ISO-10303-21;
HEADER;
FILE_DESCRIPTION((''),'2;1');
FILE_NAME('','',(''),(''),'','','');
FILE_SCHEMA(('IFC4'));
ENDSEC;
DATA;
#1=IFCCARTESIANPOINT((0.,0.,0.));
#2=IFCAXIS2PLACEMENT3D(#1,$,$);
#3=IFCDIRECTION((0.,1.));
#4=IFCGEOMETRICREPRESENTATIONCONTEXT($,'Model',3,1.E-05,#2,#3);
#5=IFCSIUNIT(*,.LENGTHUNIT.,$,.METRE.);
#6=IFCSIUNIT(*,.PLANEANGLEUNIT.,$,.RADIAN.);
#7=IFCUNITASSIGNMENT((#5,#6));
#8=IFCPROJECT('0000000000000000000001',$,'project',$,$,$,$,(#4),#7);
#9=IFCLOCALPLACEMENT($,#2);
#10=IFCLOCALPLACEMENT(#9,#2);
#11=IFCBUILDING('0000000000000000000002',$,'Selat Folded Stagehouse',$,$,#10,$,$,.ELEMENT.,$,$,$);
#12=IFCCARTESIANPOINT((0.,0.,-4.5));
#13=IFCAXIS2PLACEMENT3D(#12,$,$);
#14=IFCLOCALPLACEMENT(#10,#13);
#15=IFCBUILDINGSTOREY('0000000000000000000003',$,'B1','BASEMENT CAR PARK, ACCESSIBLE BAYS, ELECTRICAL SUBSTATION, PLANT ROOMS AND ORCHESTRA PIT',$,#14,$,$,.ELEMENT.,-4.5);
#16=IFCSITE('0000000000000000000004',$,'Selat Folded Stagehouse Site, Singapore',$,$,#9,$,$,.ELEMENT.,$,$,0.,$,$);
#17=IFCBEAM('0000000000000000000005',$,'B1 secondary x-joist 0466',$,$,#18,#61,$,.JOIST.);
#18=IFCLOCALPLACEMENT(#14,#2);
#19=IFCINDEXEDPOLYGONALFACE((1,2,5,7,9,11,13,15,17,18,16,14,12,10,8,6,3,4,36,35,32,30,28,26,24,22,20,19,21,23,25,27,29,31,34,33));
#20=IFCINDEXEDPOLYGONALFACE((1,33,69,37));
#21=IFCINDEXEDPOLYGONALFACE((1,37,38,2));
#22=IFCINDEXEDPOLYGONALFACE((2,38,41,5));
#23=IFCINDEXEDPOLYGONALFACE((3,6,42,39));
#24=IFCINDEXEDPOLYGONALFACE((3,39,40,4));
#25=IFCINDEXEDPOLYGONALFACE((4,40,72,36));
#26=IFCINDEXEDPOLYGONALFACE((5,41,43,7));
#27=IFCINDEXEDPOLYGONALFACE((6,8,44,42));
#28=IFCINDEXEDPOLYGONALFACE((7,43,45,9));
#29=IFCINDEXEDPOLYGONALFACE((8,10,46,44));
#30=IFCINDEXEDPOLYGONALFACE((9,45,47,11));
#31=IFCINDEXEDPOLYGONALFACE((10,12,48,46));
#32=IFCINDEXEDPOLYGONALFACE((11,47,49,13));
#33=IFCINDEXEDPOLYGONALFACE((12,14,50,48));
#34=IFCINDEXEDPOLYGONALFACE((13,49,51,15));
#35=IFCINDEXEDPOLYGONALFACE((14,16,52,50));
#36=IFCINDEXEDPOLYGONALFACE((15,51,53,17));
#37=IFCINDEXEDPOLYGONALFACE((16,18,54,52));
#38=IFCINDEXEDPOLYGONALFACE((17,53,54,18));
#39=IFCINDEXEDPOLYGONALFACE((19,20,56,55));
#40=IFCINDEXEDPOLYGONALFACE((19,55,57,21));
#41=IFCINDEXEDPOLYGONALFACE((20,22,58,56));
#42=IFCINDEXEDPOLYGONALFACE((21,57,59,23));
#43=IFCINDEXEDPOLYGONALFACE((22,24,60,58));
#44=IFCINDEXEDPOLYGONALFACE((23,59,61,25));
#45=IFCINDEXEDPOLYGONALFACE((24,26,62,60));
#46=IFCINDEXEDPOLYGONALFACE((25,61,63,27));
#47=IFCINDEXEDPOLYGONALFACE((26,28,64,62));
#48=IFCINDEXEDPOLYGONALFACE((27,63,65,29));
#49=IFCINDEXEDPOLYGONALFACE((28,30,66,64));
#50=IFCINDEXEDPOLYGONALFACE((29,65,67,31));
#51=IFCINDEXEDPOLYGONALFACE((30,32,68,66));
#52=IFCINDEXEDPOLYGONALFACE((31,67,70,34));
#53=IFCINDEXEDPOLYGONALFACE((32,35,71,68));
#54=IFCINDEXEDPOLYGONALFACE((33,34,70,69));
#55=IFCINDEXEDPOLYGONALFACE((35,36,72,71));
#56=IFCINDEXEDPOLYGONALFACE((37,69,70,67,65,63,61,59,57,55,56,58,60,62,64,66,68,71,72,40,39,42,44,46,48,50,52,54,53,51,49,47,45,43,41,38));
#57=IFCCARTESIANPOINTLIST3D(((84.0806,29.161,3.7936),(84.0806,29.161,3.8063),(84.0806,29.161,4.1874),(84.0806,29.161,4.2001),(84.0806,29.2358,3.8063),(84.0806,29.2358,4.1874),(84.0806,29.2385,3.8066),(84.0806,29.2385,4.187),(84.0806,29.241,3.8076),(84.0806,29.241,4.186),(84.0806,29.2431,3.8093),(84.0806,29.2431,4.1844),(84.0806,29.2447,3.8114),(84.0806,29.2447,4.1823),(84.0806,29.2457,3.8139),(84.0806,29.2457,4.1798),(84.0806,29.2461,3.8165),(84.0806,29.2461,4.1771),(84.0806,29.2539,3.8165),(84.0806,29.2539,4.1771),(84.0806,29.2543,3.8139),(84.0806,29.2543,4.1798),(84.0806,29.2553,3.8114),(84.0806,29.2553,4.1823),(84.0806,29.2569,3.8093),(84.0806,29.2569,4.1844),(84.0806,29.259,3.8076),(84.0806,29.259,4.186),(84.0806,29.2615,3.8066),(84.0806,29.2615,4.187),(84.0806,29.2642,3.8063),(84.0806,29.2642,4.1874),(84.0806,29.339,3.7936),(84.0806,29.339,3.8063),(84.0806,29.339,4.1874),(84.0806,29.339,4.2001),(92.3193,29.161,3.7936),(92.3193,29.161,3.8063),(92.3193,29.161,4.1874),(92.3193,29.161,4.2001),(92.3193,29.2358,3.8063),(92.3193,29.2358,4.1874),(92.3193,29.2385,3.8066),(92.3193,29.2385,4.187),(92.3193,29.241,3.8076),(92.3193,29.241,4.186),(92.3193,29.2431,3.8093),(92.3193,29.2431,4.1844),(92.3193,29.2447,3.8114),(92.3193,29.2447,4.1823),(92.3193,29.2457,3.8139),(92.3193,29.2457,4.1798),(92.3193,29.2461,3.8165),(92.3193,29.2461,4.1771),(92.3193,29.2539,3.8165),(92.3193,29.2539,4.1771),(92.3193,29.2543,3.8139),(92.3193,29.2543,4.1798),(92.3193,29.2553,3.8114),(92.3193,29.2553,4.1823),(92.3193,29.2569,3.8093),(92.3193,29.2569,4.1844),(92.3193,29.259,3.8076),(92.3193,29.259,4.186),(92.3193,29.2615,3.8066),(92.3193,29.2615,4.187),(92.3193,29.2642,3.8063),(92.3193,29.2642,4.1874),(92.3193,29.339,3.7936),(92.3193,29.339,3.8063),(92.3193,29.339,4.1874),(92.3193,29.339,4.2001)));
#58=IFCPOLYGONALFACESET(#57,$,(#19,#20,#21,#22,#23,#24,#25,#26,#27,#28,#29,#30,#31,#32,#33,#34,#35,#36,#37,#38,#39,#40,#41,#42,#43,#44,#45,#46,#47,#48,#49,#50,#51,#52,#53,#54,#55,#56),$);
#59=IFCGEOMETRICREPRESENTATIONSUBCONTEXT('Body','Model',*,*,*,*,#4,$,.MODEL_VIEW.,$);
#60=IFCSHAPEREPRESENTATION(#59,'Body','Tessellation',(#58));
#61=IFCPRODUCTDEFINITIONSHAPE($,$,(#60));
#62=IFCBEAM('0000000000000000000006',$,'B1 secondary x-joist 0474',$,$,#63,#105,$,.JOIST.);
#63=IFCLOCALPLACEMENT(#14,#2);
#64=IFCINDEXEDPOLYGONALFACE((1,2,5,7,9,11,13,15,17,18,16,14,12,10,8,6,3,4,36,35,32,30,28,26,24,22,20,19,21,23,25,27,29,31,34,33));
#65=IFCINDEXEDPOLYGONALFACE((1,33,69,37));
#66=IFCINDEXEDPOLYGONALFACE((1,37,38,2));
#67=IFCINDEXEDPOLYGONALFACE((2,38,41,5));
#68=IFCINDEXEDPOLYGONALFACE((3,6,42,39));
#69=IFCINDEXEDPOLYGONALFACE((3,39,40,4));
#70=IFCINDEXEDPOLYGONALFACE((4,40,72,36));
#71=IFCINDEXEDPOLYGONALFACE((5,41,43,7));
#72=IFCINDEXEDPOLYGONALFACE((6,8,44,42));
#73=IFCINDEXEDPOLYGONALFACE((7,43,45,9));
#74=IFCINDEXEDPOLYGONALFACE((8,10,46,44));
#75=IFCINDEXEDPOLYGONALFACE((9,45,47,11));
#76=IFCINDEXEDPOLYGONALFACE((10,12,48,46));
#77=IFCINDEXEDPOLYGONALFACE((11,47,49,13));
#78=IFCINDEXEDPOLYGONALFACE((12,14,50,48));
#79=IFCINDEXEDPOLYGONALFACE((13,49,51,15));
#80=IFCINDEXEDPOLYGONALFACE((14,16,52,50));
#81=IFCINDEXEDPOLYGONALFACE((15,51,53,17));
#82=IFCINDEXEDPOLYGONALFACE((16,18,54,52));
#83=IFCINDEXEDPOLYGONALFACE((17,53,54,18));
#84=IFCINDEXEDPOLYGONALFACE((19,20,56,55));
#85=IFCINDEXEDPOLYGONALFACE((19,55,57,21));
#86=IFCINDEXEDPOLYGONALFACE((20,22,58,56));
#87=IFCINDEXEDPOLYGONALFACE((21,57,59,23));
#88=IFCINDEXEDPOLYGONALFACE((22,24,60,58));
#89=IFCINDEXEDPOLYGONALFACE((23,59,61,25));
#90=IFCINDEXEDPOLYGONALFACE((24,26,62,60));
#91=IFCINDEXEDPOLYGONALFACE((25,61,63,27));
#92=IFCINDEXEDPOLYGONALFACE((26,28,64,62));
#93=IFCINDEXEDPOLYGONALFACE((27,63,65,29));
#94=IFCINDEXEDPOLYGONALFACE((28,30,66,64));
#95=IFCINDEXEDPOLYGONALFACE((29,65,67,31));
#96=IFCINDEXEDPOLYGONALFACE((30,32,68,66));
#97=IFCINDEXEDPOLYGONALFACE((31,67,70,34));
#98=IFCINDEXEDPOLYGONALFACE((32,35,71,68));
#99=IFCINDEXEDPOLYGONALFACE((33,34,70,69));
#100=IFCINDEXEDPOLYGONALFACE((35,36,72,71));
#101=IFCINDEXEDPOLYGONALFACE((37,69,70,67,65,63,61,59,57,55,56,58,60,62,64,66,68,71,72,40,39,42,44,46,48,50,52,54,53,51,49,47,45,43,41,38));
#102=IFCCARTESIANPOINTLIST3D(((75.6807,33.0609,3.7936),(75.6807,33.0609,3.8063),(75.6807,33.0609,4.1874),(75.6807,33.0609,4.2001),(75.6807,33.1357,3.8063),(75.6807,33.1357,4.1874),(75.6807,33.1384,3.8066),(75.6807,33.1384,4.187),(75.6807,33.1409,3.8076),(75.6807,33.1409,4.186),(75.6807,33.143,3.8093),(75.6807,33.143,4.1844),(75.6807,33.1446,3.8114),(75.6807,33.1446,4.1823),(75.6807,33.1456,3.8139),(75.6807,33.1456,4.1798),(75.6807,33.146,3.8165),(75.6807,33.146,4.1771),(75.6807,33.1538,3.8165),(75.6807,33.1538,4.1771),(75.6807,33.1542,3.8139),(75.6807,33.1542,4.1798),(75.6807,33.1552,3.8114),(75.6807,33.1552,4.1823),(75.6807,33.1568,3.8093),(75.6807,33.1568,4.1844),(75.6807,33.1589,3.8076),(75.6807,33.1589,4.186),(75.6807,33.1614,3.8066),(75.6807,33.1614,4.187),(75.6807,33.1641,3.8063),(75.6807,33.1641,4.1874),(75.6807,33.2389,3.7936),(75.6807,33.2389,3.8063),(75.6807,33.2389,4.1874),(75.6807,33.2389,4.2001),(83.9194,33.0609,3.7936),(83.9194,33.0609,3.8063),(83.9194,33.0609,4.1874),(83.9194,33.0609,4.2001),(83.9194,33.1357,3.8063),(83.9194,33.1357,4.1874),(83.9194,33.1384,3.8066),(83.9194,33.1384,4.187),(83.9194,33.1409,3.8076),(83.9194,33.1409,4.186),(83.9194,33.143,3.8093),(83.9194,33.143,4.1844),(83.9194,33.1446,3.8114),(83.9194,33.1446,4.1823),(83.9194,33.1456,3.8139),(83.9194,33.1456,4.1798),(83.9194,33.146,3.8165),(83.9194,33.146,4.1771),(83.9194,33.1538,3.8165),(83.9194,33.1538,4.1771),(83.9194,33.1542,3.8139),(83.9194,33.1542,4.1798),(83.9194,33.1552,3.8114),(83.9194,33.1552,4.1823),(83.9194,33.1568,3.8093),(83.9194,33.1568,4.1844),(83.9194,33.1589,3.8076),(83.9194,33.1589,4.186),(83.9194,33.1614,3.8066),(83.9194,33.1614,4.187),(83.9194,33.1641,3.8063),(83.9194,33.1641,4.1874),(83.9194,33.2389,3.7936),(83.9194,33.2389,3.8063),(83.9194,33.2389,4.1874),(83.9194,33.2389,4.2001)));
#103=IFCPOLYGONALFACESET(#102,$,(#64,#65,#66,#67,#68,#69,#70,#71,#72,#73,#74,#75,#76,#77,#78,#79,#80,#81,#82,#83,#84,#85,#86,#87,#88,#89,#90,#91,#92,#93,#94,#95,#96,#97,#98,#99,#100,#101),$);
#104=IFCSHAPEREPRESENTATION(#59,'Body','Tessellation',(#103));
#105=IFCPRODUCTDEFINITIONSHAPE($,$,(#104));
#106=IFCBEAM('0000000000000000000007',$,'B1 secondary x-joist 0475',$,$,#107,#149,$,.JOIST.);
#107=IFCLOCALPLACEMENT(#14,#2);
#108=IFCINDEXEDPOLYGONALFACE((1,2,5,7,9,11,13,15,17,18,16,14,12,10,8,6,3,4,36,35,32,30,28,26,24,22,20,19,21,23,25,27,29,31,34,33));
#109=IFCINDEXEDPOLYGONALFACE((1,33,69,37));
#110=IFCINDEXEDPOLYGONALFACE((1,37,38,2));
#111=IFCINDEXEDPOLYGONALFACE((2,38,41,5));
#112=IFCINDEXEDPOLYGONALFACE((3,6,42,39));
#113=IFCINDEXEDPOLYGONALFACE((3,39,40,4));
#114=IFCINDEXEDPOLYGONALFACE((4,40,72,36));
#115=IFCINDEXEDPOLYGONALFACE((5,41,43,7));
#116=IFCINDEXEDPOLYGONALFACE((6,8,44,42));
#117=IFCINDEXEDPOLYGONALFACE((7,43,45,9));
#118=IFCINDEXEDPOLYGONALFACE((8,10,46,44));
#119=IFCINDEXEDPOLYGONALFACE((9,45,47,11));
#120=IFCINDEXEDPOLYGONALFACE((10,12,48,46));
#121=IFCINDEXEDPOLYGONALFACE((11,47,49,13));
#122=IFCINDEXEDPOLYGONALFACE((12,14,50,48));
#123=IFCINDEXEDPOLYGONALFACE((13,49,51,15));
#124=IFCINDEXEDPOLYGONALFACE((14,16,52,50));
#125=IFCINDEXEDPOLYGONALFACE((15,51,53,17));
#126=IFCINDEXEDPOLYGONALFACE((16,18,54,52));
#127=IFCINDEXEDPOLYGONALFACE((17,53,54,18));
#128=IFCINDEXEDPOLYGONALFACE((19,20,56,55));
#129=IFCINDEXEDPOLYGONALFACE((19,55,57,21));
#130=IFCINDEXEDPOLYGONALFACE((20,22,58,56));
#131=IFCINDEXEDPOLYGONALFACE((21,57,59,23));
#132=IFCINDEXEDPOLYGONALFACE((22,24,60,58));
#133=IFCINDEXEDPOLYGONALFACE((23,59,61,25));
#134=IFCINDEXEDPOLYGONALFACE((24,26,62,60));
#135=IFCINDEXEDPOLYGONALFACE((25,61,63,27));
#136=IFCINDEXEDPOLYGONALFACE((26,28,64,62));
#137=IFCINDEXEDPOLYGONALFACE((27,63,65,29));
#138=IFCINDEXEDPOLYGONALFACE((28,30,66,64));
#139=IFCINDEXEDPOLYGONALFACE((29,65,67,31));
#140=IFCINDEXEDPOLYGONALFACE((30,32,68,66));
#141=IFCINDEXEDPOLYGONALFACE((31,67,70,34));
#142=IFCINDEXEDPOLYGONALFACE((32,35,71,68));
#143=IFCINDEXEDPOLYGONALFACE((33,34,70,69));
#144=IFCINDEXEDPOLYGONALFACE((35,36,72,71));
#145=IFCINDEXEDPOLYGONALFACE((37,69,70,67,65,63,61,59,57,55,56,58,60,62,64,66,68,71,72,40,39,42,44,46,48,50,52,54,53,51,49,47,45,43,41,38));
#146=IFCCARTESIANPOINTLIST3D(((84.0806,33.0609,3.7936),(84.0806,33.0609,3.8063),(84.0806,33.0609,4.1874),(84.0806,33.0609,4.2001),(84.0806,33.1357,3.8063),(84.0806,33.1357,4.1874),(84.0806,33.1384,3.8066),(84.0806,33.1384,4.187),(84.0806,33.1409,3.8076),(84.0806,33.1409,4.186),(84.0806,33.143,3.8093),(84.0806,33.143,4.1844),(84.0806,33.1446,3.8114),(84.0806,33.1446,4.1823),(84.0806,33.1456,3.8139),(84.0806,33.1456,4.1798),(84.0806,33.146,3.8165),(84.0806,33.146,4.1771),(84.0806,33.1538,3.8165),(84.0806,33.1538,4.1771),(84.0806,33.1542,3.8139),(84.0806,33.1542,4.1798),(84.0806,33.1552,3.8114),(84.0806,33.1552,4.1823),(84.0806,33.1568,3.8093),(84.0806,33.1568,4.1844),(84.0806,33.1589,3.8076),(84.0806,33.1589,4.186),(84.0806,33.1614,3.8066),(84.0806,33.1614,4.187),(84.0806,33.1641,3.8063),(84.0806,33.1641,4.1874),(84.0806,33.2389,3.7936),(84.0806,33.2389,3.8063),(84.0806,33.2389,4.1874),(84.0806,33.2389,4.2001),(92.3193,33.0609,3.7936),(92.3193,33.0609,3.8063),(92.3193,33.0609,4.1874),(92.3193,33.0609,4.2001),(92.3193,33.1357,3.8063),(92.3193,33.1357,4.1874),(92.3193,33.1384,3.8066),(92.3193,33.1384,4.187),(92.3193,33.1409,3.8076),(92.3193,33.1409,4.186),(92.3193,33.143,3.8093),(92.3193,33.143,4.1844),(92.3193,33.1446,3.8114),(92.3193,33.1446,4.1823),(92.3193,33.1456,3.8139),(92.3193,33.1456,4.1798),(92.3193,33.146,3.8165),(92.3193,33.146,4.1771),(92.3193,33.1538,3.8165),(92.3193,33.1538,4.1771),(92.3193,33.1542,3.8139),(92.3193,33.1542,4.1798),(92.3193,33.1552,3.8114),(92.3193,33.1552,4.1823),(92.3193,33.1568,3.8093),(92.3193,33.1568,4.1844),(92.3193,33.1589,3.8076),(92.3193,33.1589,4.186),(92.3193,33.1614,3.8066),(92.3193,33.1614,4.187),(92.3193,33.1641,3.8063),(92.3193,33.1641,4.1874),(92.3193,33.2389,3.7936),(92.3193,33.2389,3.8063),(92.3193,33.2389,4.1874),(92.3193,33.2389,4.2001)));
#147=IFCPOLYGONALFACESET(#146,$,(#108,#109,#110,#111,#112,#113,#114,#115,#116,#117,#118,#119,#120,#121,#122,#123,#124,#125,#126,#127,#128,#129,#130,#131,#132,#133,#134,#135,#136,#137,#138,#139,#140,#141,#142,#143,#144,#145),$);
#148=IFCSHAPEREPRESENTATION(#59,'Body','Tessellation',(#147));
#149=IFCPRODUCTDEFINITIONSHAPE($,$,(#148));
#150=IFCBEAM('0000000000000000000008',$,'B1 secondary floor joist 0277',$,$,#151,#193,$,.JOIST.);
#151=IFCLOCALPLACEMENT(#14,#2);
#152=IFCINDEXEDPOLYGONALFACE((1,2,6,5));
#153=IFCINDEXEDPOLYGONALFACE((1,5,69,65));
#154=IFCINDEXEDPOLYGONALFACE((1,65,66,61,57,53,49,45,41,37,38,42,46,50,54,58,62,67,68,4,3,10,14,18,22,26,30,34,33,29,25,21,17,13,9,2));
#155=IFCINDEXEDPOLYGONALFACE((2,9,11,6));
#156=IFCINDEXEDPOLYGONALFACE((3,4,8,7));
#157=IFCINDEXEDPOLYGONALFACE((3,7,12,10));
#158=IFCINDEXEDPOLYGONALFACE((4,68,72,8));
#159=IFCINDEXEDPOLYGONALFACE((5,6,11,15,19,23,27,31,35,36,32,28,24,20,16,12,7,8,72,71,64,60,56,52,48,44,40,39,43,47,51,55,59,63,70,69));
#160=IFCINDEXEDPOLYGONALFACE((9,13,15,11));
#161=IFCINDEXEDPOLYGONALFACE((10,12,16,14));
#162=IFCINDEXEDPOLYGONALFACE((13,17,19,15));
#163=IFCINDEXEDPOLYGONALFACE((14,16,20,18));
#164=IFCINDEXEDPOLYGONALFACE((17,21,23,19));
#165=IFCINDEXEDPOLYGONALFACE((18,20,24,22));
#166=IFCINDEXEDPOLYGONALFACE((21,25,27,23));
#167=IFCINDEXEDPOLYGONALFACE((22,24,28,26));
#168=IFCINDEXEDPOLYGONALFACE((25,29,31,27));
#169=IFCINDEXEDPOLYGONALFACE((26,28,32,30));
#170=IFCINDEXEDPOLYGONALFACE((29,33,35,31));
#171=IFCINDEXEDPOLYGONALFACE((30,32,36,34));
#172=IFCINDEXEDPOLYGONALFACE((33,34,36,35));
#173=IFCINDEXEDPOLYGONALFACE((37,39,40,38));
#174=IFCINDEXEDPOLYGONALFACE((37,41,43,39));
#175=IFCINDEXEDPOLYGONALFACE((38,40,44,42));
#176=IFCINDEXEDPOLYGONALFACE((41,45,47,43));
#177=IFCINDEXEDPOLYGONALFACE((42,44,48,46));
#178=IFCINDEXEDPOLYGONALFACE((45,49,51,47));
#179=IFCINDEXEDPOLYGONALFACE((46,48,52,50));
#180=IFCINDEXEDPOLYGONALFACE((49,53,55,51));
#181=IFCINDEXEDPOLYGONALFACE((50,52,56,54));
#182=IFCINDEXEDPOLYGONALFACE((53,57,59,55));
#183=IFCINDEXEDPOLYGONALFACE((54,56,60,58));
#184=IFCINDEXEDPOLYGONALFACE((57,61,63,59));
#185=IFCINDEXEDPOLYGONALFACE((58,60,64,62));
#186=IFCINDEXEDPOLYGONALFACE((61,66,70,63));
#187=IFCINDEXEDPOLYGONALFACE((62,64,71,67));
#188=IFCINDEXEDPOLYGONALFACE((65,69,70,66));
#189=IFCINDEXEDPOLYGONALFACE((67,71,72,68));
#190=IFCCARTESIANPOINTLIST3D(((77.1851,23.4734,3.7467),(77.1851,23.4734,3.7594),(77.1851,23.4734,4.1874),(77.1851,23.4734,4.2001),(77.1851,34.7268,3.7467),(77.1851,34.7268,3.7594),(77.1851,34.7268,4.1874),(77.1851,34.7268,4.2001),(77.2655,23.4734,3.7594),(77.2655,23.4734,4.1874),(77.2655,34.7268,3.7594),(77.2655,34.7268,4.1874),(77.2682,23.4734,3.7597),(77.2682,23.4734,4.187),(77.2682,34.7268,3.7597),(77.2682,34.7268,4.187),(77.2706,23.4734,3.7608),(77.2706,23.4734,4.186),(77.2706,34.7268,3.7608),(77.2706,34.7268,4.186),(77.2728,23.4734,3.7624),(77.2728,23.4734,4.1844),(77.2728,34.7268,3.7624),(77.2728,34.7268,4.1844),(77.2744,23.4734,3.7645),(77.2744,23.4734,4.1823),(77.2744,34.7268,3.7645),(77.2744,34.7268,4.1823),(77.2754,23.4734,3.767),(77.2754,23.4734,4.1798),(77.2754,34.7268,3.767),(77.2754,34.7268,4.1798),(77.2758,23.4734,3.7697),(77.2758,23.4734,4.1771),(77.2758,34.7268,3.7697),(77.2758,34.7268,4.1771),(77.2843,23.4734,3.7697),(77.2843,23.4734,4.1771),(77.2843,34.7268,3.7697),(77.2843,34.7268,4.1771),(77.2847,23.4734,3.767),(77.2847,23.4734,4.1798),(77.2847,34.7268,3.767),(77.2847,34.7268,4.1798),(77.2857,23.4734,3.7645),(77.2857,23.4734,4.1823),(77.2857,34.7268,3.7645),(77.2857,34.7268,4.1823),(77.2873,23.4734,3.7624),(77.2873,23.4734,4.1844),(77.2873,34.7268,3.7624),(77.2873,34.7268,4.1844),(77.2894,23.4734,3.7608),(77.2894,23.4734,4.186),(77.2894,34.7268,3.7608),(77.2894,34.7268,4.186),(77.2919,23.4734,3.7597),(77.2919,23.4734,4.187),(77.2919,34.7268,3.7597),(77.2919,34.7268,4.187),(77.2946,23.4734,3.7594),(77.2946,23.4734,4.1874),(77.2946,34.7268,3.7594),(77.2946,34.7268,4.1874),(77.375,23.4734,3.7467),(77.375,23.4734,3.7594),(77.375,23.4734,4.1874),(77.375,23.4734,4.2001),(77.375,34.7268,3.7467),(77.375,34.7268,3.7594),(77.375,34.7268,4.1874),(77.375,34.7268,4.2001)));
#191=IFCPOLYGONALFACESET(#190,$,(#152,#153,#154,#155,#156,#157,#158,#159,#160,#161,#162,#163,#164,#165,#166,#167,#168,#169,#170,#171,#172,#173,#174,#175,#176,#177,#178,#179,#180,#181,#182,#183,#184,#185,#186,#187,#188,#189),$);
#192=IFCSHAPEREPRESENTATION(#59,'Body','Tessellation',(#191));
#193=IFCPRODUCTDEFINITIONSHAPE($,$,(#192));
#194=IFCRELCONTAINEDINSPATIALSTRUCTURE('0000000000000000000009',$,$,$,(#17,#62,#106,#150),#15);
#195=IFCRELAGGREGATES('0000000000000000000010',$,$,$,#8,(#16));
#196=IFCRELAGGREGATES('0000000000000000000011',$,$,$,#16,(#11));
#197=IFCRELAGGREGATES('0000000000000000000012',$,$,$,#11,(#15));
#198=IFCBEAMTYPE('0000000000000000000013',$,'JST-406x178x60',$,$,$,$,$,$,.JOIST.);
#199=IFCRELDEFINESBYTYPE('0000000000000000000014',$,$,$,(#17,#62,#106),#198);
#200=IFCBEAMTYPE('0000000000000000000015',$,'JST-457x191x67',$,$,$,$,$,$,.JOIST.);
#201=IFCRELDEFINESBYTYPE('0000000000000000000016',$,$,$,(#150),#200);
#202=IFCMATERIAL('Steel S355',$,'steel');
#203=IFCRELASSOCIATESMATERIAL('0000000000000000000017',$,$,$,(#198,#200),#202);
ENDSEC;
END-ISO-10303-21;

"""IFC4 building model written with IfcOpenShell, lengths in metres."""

from ifc_helpers import new_model, si_unit, direction, frame, origin, origin_2d, place, context, subcontext, project, spatial, i_section, extrude, material, material_profile, profile_set, type_object, element, save


model = new_model("IFC4")

# Units and contexts
model_context = context("Model", 3, precision=1e-05, world=origin(), true_north=direction((0.0, 1.0)))
body_context = subcontext(model_context, "Body", "Model", "MODEL_VIEW")
ifc_project = project(units=[si_unit("LENGTHUNIT", "METRE"), si_unit("PLANEANGLEUNIT", "RADIAN")], contexts=[model_context])

# Site, building, storey
site_placement = place(None, origin())
site = spatial("IfcSite", under=ifc_project, at=site_placement, Name="Selat Folded Stagehouse Site, Singapore", CompositionType="ELEMENT", RefElevation=0.0)
building_placement = place(site_placement, origin())
building = spatial("IfcBuilding", under=site, at=building_placement, Name="Selat Folded Stagehouse", CompositionType="ELEMENT")
storey_placement = place(building_placement, frame((0.0, 0.0, -4.5)))
storey = spatial("IfcBuildingStorey", under=building, at=storey_placement, Name="B1", Description="BASEMENT CAR PARK, ACCESSIBLE BAYS, ELECTRICAL SUBSTATION, PLANT ROOMS AND ORCHESTRA PIT", CompositionType="ELEMENT", Elevation=-4.5)

# Beams
ifc_material_1 = material(Name="Steel S355", Category="steel")
ifc_material_profile_1 = material_profile(ifc_material_1, i_section(OverallWidth=0.178, OverallDepth=0.4065, WebThickness=0.0078, FlangeThickness=0.0127, FilletRadius=0.0103, at=origin_2d()), Name="UKB 406x178x60")
ifc_profile_set_1 = profile_set([ifc_material_profile_1], Name="Steel S355")
beam_type_1 = type_object("IfcBeamType", Name="JST-406x178x60", PredefinedType="JOIST", material=ifc_profile_set_1)
for number, where, z_axis, x_axis, name in (
    (1, (84.0806, 29.25, 3.9968), (1.0, 0.0, 0.0), (0.0, 1.0, 0.0), "B1 secondary x-joist 0466"),
    (2, (75.6807, 33.1499, 3.9968), (1.0, 0.0, 0.0), (0.0, 1.0, 0.0), "B1 secondary x-joist 0474"),
    (3, (84.0806, 33.1499, 3.9968), (1.0, 0.0, 0.0), (0.0, 1.0, 0.0), "B1 secondary x-joist 0475"),
):
    element("IfcBeam", number, at=place(storey_placement, frame(where, z_axis=z_axis, x_axis=x_axis)), inside=storey, type_object=beam_type_1, Name=name, PredefinedType="JOIST", context=body_context, shape_type="SweptSolid", body=[
        extrude(i_section(OverallWidth=0.178, OverallDepth=0.4065, WebThickness=0.0078, FlangeThickness=0.0127, FilletRadius=0.0103, at=origin_2d()), origin(), (0.0, 0.0, 1.0), 8.2388),
    ])
ifc_material_profile_2 = material_profile(ifc_material_1, i_section(OverallWidth=0.1899, OverallDepth=0.4534, WebThickness=0.0085, FlangeThickness=0.0127, FilletRadius=0.0103, at=origin_2d()), Name="UKB 457x191x67")
ifc_profile_set_2 = profile_set([ifc_material_profile_2], Name="Steel S355")
beam_type_2 = type_object("IfcBeamType", Name="JST-457x191x67", PredefinedType="JOIST", material=ifc_profile_set_2)
for number, where, z_axis, x_axis, name in (
    (4, (77.28, 23.4734, 3.9734), (0.0, 1.0, 0.0), (-1.0, 0.0, 0.0), "B1 secondary floor joist 0277"),
):
    element("IfcBeam", number, at=place(storey_placement, frame(where, z_axis=z_axis, x_axis=x_axis)), inside=storey, type_object=beam_type_2, Name=name, PredefinedType="JOIST", context=body_context, shape_type="SweptSolid", body=[
        extrude(i_section(OverallWidth=0.1899, OverallDepth=0.4534, WebThickness=0.0085, FlangeThickness=0.0127, FilletRadius=0.0103, at=origin_2d()), origin(), (0.0, 0.0, 1.0), 11.2534),
    ])

save(model, "model.ifc")
